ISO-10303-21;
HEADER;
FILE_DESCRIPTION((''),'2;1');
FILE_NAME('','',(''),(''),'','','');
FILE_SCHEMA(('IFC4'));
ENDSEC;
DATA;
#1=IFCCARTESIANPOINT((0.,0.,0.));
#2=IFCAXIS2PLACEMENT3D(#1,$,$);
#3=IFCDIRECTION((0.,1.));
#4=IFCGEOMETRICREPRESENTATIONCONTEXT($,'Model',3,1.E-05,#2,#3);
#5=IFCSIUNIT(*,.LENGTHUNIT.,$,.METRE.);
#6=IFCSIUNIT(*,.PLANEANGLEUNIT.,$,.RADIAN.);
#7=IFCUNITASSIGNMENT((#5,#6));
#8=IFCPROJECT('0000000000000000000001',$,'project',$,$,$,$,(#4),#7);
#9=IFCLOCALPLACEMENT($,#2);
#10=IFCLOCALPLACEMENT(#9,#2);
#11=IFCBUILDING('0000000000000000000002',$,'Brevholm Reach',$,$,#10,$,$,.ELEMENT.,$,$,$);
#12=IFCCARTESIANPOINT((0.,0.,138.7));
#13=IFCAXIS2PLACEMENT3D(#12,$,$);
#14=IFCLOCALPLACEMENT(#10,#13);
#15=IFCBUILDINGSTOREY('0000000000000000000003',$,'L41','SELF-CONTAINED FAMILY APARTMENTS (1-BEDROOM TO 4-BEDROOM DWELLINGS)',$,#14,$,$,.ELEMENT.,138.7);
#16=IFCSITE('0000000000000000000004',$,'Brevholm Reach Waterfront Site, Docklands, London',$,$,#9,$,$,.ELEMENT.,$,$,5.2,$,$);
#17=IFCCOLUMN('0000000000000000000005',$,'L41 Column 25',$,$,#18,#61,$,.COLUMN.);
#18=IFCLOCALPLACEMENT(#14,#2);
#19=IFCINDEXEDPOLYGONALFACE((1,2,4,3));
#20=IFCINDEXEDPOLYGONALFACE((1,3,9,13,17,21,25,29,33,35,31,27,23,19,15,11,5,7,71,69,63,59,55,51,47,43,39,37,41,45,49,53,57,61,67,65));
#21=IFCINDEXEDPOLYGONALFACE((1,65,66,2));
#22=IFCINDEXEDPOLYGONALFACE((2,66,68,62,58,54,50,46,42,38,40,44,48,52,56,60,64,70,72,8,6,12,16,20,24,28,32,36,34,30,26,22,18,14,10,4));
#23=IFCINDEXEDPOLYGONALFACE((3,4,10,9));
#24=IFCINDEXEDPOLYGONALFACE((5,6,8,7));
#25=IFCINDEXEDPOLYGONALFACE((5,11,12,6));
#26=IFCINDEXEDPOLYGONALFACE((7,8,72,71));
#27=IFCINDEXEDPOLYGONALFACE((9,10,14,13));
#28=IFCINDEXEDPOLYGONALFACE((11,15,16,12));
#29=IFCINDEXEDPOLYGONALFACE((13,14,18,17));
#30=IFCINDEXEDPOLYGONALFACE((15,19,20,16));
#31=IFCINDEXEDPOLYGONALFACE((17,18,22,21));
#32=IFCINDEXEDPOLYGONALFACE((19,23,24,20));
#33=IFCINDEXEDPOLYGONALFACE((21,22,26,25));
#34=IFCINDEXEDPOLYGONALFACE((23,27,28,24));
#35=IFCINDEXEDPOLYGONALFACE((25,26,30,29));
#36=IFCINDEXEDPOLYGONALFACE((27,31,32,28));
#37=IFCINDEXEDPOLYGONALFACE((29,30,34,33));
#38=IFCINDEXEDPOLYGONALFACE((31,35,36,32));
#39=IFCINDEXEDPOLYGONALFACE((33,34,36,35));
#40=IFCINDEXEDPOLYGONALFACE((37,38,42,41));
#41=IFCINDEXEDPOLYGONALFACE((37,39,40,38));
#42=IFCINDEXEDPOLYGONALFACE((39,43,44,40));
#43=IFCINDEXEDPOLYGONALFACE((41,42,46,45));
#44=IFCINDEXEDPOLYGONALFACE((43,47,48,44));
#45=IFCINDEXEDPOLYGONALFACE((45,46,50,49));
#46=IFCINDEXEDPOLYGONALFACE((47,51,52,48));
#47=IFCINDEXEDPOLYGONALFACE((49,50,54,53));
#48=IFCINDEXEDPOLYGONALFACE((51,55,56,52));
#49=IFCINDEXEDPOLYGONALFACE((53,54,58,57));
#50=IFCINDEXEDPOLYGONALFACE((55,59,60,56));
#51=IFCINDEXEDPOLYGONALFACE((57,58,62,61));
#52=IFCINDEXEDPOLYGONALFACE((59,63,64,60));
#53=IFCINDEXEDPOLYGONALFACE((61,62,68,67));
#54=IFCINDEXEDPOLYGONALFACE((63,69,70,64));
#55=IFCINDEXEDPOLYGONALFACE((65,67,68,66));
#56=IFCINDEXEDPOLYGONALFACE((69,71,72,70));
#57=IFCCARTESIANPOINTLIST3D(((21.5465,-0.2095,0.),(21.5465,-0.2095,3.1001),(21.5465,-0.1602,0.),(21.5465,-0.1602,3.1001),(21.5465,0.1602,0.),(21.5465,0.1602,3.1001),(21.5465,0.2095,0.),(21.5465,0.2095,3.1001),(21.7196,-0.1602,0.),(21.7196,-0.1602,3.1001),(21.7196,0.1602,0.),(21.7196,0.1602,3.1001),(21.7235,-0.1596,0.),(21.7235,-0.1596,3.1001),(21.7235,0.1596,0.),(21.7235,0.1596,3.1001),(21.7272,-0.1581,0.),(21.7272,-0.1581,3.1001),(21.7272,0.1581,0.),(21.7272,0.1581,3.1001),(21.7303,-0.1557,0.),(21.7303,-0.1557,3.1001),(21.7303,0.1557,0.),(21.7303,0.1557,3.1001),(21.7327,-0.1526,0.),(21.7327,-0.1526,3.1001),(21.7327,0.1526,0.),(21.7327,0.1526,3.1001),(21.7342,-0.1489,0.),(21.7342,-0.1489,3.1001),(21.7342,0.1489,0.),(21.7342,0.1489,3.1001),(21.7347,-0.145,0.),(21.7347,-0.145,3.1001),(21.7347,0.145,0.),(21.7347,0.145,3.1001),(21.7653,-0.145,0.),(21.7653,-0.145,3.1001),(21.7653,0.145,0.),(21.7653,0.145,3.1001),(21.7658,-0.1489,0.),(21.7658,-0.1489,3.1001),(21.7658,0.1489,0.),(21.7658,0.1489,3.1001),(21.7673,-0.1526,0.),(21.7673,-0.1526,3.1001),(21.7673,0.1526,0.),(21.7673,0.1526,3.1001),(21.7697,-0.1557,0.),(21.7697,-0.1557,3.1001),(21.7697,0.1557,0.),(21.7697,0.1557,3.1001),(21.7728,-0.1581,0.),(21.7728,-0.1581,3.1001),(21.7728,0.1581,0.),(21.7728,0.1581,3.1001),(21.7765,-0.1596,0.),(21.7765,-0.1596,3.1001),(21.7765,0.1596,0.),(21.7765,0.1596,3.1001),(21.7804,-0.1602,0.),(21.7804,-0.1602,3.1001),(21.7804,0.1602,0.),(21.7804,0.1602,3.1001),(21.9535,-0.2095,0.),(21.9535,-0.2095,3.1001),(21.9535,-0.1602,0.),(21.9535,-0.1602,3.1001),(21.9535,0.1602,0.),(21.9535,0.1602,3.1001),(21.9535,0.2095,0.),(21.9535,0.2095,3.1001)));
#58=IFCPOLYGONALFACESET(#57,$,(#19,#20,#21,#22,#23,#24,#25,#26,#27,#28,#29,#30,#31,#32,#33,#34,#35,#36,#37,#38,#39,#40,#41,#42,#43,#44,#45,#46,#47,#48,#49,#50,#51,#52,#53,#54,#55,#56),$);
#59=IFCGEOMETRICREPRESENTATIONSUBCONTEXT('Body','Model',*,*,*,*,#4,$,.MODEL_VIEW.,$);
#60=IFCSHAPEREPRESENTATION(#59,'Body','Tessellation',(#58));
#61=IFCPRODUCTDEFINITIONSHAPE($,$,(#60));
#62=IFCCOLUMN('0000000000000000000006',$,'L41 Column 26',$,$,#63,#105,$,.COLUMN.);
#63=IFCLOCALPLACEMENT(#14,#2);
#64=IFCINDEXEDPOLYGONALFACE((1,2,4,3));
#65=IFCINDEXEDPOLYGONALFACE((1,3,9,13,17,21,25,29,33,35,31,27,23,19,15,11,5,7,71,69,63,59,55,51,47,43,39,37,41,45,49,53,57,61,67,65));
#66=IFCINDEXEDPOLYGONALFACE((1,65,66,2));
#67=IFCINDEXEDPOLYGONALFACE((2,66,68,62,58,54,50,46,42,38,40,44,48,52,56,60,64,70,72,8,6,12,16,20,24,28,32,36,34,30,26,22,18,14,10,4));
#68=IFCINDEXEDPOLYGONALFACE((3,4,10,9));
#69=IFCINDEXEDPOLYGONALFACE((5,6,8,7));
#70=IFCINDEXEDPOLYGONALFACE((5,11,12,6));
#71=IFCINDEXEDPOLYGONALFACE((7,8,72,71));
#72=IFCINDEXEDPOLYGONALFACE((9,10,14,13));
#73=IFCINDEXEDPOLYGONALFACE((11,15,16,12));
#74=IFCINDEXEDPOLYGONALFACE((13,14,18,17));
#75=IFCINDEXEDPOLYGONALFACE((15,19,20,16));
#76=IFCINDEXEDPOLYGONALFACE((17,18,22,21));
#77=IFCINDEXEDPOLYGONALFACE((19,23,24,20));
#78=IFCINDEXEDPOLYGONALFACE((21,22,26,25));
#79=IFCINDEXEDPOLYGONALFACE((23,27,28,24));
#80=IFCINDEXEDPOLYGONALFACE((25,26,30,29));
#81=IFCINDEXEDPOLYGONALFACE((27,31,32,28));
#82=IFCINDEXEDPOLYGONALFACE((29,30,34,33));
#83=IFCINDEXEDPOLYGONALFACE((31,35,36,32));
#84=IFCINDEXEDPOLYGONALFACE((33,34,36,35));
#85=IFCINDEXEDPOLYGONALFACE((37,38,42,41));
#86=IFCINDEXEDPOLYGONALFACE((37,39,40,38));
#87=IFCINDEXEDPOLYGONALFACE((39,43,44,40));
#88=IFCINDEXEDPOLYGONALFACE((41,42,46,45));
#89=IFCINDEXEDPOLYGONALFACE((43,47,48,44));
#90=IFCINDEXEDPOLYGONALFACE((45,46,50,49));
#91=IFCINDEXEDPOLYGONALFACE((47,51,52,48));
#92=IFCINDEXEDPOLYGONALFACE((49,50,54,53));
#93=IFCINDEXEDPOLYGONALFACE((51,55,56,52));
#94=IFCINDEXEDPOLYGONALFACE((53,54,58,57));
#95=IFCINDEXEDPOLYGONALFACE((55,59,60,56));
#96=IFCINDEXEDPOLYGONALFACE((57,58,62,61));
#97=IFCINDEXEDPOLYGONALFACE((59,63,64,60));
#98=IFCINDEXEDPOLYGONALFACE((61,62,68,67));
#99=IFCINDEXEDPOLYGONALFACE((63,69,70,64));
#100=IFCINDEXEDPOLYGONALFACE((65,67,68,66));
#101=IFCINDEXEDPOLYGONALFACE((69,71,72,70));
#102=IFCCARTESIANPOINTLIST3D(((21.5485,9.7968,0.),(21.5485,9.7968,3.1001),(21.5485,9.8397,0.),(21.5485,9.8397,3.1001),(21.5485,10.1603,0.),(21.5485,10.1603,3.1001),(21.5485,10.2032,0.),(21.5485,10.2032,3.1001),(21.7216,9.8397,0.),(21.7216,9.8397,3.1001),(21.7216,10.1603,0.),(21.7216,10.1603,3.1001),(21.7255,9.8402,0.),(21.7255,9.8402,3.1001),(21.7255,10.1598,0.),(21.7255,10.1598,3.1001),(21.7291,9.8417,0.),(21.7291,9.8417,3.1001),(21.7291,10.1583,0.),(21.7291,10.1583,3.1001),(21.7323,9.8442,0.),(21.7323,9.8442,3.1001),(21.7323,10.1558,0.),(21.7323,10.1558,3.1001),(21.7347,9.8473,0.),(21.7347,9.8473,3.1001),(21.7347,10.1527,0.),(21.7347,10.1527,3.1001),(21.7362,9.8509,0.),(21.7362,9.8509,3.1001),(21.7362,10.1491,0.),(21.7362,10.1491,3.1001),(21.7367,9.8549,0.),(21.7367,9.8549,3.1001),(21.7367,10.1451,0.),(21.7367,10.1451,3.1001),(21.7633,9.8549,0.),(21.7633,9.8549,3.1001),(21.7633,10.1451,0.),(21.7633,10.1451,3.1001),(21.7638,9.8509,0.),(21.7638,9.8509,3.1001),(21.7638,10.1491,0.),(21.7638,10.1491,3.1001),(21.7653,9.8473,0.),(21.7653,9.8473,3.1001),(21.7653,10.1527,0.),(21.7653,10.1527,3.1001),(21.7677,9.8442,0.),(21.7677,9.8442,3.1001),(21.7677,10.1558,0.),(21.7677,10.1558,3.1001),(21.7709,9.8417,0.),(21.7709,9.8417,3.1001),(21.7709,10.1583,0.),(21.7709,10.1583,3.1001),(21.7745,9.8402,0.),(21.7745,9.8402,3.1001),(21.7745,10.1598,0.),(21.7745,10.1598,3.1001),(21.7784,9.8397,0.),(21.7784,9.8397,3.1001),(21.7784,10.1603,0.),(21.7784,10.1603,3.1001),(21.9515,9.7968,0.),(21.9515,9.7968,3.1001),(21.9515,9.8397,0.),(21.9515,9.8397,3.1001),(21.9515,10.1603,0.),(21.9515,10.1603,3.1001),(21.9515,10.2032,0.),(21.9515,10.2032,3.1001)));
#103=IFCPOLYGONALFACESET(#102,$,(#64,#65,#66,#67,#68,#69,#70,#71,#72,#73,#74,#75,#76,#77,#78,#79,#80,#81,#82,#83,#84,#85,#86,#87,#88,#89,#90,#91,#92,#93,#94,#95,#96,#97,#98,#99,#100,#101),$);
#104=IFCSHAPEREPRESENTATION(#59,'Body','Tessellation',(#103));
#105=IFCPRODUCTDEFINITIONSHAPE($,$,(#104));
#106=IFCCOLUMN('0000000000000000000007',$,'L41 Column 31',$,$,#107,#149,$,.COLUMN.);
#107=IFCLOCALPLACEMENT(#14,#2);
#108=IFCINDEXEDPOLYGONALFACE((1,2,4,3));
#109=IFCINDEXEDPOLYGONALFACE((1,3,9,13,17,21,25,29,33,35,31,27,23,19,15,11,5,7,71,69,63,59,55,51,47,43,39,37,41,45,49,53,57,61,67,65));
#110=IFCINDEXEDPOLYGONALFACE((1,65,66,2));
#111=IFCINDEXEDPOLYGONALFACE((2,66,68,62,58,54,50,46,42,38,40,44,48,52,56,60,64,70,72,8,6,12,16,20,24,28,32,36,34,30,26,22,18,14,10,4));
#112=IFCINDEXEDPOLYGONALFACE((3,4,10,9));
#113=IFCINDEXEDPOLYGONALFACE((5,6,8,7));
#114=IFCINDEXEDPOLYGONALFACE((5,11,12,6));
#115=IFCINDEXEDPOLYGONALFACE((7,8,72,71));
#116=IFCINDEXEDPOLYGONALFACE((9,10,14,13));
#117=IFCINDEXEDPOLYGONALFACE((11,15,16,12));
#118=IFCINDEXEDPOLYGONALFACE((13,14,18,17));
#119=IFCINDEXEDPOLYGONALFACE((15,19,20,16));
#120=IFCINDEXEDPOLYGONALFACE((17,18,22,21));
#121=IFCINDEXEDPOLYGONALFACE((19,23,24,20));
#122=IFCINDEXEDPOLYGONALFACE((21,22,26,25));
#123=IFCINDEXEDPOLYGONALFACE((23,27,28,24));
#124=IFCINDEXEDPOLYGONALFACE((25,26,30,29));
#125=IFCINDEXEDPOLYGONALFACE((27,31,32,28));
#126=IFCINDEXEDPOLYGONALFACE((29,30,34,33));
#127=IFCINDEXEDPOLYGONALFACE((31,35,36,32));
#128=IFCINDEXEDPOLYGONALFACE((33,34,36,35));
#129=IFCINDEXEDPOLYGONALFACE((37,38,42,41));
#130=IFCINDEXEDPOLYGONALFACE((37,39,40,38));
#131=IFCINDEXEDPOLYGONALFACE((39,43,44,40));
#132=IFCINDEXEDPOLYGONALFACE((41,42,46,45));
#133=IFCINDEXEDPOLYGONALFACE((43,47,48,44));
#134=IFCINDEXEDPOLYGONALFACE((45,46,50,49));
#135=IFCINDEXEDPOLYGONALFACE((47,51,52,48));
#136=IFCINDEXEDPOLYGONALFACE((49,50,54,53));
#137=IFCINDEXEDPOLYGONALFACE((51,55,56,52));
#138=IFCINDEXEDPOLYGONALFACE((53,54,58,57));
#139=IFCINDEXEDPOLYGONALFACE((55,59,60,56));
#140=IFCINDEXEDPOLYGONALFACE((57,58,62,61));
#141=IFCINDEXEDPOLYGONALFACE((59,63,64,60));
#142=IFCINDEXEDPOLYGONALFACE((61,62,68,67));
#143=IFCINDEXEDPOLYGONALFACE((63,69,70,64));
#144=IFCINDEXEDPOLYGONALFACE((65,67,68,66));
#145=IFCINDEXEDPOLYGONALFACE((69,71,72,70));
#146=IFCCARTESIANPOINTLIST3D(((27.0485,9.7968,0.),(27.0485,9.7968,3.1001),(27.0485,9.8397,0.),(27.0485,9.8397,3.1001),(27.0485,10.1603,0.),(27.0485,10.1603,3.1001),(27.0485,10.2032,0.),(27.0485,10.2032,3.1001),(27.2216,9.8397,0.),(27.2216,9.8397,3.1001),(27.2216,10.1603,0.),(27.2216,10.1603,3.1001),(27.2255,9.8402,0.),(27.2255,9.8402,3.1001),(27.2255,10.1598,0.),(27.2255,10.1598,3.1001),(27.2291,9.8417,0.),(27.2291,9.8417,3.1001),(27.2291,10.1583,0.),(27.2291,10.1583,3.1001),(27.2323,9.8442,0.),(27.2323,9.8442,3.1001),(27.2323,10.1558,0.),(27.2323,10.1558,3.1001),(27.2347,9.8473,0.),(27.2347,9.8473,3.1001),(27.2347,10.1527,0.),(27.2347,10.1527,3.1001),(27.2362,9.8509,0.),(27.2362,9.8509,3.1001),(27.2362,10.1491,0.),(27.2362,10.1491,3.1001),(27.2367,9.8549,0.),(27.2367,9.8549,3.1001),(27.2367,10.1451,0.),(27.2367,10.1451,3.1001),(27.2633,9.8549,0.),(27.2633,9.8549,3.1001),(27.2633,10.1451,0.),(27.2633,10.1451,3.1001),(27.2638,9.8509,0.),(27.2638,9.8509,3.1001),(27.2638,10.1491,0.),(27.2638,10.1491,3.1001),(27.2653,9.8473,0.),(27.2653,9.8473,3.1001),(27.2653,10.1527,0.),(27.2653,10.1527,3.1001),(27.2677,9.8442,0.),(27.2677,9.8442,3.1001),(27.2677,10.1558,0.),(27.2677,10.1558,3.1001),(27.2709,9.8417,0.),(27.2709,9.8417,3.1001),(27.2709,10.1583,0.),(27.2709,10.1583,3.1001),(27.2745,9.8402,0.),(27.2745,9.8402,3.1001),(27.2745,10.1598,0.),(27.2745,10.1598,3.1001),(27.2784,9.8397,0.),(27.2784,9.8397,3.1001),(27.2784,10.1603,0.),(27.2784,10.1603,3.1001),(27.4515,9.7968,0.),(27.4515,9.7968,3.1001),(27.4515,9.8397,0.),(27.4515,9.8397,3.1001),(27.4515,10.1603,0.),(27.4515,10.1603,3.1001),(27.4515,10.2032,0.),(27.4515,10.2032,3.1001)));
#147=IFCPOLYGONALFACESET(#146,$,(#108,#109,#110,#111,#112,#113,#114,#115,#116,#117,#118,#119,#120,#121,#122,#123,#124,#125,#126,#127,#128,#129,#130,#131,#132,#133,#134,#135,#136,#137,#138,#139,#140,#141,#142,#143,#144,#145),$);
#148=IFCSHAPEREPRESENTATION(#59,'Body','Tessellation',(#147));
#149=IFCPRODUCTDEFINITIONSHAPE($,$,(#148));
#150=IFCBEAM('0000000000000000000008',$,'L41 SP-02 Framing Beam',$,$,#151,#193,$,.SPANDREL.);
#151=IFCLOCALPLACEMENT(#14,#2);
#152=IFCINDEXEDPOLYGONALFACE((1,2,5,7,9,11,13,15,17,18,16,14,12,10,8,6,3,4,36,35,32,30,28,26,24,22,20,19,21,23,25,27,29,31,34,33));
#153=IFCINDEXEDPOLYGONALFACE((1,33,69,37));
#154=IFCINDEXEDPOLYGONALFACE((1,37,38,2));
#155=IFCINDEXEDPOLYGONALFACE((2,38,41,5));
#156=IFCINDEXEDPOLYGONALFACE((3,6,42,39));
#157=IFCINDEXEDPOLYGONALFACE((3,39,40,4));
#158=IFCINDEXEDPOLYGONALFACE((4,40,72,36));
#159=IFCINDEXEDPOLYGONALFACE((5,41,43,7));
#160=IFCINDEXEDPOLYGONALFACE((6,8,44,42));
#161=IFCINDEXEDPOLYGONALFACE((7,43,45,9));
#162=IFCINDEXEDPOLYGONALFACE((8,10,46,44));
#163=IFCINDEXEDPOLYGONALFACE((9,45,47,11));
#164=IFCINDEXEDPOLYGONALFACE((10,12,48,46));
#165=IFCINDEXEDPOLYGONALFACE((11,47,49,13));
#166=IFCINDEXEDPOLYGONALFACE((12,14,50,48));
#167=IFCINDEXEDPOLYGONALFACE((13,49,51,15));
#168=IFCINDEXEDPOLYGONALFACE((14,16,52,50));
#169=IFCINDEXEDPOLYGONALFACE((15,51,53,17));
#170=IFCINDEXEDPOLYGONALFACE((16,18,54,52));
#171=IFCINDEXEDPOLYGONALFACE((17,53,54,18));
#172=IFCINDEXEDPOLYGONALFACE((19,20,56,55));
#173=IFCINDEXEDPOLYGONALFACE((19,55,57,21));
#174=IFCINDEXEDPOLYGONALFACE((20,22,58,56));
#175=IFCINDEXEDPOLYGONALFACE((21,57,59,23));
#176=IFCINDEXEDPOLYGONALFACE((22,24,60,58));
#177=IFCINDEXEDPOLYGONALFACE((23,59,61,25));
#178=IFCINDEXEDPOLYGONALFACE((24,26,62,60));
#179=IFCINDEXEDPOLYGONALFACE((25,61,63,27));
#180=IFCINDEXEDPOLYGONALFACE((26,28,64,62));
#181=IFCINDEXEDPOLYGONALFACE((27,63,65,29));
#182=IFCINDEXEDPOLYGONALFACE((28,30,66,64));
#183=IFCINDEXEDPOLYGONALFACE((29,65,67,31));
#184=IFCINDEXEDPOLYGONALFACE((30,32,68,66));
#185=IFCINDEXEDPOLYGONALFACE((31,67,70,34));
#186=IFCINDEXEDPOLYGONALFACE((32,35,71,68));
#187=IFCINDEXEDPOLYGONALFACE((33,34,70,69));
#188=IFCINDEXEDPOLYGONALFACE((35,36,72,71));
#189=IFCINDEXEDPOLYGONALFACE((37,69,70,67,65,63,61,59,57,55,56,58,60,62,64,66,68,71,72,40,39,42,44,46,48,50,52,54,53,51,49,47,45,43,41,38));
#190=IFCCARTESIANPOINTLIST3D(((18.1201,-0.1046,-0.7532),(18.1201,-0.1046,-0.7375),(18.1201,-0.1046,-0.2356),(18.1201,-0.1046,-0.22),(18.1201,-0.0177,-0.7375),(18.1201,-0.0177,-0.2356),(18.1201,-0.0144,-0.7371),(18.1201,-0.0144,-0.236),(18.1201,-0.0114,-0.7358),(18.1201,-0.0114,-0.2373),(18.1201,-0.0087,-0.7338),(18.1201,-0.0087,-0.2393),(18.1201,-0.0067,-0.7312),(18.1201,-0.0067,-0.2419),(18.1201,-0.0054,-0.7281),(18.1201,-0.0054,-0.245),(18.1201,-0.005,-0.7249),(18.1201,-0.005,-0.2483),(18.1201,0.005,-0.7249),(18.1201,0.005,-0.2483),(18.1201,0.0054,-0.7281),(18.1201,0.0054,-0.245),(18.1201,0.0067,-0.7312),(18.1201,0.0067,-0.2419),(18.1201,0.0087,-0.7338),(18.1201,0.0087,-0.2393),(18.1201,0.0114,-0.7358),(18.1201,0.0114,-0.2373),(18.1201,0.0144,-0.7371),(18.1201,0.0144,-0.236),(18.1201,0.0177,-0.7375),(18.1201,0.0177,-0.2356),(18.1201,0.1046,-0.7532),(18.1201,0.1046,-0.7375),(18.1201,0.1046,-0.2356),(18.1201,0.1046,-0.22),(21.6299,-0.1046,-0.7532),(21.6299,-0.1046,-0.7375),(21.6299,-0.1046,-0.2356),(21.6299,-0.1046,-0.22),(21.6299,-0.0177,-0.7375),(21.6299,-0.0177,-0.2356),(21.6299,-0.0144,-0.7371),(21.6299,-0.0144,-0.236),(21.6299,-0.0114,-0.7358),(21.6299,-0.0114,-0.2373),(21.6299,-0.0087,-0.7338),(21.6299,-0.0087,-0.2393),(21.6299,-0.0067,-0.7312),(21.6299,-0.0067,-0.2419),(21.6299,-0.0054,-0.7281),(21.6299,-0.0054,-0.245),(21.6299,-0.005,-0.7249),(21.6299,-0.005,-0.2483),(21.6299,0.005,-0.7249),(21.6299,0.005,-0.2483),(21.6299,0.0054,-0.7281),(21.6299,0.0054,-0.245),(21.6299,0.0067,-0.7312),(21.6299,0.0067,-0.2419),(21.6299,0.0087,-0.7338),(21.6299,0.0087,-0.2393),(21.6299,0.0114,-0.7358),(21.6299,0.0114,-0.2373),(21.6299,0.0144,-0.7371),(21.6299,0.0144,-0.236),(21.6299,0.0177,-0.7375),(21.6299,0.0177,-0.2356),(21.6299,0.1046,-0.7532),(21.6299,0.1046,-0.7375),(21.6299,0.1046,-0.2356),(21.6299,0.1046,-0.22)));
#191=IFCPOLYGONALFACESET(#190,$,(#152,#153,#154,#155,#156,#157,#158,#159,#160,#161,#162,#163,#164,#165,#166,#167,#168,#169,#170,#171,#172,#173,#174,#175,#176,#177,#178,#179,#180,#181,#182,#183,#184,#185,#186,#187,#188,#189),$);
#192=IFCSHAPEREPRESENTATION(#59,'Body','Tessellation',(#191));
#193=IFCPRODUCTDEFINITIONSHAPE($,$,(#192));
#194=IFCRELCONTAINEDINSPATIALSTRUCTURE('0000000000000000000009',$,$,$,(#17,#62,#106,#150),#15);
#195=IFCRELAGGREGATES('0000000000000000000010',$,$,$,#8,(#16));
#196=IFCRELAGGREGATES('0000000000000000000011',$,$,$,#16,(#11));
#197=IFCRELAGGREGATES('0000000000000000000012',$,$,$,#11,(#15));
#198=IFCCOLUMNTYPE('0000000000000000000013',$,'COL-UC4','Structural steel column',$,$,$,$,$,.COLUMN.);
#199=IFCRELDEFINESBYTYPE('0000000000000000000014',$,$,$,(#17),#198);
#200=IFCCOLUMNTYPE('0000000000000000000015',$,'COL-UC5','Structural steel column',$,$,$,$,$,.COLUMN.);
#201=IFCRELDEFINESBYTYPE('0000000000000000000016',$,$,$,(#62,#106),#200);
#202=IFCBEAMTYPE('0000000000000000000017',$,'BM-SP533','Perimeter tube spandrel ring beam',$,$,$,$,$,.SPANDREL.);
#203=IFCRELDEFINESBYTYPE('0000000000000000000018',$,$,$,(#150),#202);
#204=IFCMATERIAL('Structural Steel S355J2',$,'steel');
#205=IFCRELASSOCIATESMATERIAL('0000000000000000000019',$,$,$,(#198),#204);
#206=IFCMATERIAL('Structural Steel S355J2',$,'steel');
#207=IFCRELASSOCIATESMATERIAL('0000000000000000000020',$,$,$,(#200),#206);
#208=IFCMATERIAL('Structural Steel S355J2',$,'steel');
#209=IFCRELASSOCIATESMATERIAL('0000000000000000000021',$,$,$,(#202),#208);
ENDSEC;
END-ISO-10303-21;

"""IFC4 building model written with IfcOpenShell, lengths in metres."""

from ifc_helpers import new_model, si_unit, direction, frame, origin, origin_2d, place, context, subcontext, project, spatial, i_section, extrude, material, material_profile, profile_set, type_object, element, save


model = new_model("IFC4")

# Units and contexts
model_context = context("Model", 3, precision=1e-05, world=origin(), true_north=direction((0.0, 1.0)))
body_context = subcontext(model_context, "Body", "Model", "MODEL_VIEW")
ifc_project = project(units=[si_unit("LENGTHUNIT", "METRE"), si_unit("PLANEANGLEUNIT", "RADIAN")], contexts=[model_context])

# Site, building, storey
site_placement = place(None, origin())
site = spatial("IfcSite", under=ifc_project, at=site_placement, Name="Brevholm Reach Waterfront Site, Docklands, London", CompositionType="ELEMENT", RefElevation=5.2)
building_placement = place(site_placement, origin())
building = spatial("IfcBuilding", under=site, at=building_placement, Name="Brevholm Reach", CompositionType="ELEMENT")
storey_placement = place(building_placement, frame((0.0, 0.0, 138.7)))
storey = spatial("IfcBuildingStorey", under=building, at=storey_placement, Name="L41", Description="SELF-CONTAINED FAMILY APARTMENTS (1-BEDROOM TO 4-BEDROOM DWELLINGS)", CompositionType="ELEMENT", Elevation=138.7)

# Columns
ifc_material_1 = material(Name="Structural Steel S355J2", Category="steel")
ifc_material_profile_1 = material_profile(ifc_material_1, i_section(OverallWidth=0.407, OverallDepth=0.4189, WebThickness=0.0305, FlangeThickness=0.0493, FilletRadius=0.0151, at=origin_2d()), Name="UKC 356x406x393")
ifc_profile_set_1 = profile_set([ifc_material_profile_1], Name="Structural Steel S355J2")
column_type_1 = type_object("IfcColumnType", Name="COL-UC4", Description="Structural steel column", PredefinedType="COLUMN", material=ifc_profile_set_1)
column_placement = place(storey_placement, frame((21.75, 0.0, 0.0), z_axis=(0.0, 0.0, 1.0), x_axis=(1.0, 0.0, 0.0)))
element("IfcColumn", 1, at=column_placement, inside=storey, type_object=column_type_1, Name="L41 Column 25", PredefinedType="COLUMN", context=body_context, shape_type="SweptSolid", body=[
    extrude(i_section(OverallWidth=0.407, OverallDepth=0.4189, WebThickness=0.0305, FlangeThickness=0.0493, FilletRadius=0.0151, at=origin_2d()), origin(), (0.0, 0.0, 1.0), 3.1001),
])
ifc_material_2 = material(Name="Structural Steel S355J2", Category="steel")
ifc_material_profile_2 = material_profile(ifc_material_2, i_section(OverallWidth=0.4031, OverallDepth=0.4065, WebThickness=0.0266, FlangeThickness=0.043, FilletRadius=0.0151, at=origin_2d()), Name="UKC 356x406x340")
ifc_profile_set_2 = profile_set([ifc_material_profile_2], Name="Structural Steel S355J2")
column_type_2 = type_object("IfcColumnType", Name="COL-UC5", Description="Structural steel column", PredefinedType="COLUMN", material=ifc_profile_set_2)
for number, where, z_axis, x_axis, name in (
    (2, (21.75, 10.0, 0.0), (0.0, 0.0, 1.0), (1.0, 0.0, 0.0), "L41 Column 26"),
    (3, (27.25, 10.0, 0.0), (0.0, 0.0, 1.0), (1.0, 0.0, 0.0), "L41 Column 31"),
):
    element("IfcColumn", number, at=place(storey_placement, frame(where, z_axis=z_axis, x_axis=x_axis)), inside=storey, type_object=column_type_2, Name=name, PredefinedType="COLUMN", context=body_context, shape_type="SweptSolid", body=[
        extrude(i_section(OverallWidth=0.4031, OverallDepth=0.4065, WebThickness=0.0266, FlangeThickness=0.043, FilletRadius=0.0151, at=origin_2d()), origin(), (0.0, 0.0, 1.0), 3.1001),
    ])

# Beam
ifc_material_3 = material(Name="Structural Steel S355J2", Category="steel")
ifc_material_profile_3 = material_profile(ifc_material_3, i_section(OverallWidth=0.2092, OverallDepth=0.5332, WebThickness=0.01, FlangeThickness=0.0156, FilletRadius=0.0127, at=origin_2d()), Name="UKB 533x210x92")
ifc_profile_set_3 = profile_set([ifc_material_profile_3], Name="Structural Steel S355J2")
beam_type_1 = type_object("IfcBeamType", Name="BM-SP533", Description="Perimeter tube spandrel ring beam", PredefinedType="SPANDREL", material=ifc_profile_set_3)
beam_1_placement = place(storey_placement, frame((18.1201, 0.0, -0.4866), z_axis=(1.0, 0.0, 0.0), x_axis=(0.0, 1.0, 0.0)))
element("IfcBeam", 4, at=beam_1_placement, inside=storey, type_object=beam_type_1, Name="L41 SP-02 Framing Beam", PredefinedType="SPANDREL", context=body_context, shape_type="SweptSolid", body=[
    extrude(i_section(OverallWidth=0.2092, OverallDepth=0.5332, WebThickness=0.01, FlangeThickness=0.0156, FilletRadius=0.0127, at=origin_2d()), origin(), (0.0, 0.0, 1.0), 3.5098),
])

save(model, "model.ifc")
